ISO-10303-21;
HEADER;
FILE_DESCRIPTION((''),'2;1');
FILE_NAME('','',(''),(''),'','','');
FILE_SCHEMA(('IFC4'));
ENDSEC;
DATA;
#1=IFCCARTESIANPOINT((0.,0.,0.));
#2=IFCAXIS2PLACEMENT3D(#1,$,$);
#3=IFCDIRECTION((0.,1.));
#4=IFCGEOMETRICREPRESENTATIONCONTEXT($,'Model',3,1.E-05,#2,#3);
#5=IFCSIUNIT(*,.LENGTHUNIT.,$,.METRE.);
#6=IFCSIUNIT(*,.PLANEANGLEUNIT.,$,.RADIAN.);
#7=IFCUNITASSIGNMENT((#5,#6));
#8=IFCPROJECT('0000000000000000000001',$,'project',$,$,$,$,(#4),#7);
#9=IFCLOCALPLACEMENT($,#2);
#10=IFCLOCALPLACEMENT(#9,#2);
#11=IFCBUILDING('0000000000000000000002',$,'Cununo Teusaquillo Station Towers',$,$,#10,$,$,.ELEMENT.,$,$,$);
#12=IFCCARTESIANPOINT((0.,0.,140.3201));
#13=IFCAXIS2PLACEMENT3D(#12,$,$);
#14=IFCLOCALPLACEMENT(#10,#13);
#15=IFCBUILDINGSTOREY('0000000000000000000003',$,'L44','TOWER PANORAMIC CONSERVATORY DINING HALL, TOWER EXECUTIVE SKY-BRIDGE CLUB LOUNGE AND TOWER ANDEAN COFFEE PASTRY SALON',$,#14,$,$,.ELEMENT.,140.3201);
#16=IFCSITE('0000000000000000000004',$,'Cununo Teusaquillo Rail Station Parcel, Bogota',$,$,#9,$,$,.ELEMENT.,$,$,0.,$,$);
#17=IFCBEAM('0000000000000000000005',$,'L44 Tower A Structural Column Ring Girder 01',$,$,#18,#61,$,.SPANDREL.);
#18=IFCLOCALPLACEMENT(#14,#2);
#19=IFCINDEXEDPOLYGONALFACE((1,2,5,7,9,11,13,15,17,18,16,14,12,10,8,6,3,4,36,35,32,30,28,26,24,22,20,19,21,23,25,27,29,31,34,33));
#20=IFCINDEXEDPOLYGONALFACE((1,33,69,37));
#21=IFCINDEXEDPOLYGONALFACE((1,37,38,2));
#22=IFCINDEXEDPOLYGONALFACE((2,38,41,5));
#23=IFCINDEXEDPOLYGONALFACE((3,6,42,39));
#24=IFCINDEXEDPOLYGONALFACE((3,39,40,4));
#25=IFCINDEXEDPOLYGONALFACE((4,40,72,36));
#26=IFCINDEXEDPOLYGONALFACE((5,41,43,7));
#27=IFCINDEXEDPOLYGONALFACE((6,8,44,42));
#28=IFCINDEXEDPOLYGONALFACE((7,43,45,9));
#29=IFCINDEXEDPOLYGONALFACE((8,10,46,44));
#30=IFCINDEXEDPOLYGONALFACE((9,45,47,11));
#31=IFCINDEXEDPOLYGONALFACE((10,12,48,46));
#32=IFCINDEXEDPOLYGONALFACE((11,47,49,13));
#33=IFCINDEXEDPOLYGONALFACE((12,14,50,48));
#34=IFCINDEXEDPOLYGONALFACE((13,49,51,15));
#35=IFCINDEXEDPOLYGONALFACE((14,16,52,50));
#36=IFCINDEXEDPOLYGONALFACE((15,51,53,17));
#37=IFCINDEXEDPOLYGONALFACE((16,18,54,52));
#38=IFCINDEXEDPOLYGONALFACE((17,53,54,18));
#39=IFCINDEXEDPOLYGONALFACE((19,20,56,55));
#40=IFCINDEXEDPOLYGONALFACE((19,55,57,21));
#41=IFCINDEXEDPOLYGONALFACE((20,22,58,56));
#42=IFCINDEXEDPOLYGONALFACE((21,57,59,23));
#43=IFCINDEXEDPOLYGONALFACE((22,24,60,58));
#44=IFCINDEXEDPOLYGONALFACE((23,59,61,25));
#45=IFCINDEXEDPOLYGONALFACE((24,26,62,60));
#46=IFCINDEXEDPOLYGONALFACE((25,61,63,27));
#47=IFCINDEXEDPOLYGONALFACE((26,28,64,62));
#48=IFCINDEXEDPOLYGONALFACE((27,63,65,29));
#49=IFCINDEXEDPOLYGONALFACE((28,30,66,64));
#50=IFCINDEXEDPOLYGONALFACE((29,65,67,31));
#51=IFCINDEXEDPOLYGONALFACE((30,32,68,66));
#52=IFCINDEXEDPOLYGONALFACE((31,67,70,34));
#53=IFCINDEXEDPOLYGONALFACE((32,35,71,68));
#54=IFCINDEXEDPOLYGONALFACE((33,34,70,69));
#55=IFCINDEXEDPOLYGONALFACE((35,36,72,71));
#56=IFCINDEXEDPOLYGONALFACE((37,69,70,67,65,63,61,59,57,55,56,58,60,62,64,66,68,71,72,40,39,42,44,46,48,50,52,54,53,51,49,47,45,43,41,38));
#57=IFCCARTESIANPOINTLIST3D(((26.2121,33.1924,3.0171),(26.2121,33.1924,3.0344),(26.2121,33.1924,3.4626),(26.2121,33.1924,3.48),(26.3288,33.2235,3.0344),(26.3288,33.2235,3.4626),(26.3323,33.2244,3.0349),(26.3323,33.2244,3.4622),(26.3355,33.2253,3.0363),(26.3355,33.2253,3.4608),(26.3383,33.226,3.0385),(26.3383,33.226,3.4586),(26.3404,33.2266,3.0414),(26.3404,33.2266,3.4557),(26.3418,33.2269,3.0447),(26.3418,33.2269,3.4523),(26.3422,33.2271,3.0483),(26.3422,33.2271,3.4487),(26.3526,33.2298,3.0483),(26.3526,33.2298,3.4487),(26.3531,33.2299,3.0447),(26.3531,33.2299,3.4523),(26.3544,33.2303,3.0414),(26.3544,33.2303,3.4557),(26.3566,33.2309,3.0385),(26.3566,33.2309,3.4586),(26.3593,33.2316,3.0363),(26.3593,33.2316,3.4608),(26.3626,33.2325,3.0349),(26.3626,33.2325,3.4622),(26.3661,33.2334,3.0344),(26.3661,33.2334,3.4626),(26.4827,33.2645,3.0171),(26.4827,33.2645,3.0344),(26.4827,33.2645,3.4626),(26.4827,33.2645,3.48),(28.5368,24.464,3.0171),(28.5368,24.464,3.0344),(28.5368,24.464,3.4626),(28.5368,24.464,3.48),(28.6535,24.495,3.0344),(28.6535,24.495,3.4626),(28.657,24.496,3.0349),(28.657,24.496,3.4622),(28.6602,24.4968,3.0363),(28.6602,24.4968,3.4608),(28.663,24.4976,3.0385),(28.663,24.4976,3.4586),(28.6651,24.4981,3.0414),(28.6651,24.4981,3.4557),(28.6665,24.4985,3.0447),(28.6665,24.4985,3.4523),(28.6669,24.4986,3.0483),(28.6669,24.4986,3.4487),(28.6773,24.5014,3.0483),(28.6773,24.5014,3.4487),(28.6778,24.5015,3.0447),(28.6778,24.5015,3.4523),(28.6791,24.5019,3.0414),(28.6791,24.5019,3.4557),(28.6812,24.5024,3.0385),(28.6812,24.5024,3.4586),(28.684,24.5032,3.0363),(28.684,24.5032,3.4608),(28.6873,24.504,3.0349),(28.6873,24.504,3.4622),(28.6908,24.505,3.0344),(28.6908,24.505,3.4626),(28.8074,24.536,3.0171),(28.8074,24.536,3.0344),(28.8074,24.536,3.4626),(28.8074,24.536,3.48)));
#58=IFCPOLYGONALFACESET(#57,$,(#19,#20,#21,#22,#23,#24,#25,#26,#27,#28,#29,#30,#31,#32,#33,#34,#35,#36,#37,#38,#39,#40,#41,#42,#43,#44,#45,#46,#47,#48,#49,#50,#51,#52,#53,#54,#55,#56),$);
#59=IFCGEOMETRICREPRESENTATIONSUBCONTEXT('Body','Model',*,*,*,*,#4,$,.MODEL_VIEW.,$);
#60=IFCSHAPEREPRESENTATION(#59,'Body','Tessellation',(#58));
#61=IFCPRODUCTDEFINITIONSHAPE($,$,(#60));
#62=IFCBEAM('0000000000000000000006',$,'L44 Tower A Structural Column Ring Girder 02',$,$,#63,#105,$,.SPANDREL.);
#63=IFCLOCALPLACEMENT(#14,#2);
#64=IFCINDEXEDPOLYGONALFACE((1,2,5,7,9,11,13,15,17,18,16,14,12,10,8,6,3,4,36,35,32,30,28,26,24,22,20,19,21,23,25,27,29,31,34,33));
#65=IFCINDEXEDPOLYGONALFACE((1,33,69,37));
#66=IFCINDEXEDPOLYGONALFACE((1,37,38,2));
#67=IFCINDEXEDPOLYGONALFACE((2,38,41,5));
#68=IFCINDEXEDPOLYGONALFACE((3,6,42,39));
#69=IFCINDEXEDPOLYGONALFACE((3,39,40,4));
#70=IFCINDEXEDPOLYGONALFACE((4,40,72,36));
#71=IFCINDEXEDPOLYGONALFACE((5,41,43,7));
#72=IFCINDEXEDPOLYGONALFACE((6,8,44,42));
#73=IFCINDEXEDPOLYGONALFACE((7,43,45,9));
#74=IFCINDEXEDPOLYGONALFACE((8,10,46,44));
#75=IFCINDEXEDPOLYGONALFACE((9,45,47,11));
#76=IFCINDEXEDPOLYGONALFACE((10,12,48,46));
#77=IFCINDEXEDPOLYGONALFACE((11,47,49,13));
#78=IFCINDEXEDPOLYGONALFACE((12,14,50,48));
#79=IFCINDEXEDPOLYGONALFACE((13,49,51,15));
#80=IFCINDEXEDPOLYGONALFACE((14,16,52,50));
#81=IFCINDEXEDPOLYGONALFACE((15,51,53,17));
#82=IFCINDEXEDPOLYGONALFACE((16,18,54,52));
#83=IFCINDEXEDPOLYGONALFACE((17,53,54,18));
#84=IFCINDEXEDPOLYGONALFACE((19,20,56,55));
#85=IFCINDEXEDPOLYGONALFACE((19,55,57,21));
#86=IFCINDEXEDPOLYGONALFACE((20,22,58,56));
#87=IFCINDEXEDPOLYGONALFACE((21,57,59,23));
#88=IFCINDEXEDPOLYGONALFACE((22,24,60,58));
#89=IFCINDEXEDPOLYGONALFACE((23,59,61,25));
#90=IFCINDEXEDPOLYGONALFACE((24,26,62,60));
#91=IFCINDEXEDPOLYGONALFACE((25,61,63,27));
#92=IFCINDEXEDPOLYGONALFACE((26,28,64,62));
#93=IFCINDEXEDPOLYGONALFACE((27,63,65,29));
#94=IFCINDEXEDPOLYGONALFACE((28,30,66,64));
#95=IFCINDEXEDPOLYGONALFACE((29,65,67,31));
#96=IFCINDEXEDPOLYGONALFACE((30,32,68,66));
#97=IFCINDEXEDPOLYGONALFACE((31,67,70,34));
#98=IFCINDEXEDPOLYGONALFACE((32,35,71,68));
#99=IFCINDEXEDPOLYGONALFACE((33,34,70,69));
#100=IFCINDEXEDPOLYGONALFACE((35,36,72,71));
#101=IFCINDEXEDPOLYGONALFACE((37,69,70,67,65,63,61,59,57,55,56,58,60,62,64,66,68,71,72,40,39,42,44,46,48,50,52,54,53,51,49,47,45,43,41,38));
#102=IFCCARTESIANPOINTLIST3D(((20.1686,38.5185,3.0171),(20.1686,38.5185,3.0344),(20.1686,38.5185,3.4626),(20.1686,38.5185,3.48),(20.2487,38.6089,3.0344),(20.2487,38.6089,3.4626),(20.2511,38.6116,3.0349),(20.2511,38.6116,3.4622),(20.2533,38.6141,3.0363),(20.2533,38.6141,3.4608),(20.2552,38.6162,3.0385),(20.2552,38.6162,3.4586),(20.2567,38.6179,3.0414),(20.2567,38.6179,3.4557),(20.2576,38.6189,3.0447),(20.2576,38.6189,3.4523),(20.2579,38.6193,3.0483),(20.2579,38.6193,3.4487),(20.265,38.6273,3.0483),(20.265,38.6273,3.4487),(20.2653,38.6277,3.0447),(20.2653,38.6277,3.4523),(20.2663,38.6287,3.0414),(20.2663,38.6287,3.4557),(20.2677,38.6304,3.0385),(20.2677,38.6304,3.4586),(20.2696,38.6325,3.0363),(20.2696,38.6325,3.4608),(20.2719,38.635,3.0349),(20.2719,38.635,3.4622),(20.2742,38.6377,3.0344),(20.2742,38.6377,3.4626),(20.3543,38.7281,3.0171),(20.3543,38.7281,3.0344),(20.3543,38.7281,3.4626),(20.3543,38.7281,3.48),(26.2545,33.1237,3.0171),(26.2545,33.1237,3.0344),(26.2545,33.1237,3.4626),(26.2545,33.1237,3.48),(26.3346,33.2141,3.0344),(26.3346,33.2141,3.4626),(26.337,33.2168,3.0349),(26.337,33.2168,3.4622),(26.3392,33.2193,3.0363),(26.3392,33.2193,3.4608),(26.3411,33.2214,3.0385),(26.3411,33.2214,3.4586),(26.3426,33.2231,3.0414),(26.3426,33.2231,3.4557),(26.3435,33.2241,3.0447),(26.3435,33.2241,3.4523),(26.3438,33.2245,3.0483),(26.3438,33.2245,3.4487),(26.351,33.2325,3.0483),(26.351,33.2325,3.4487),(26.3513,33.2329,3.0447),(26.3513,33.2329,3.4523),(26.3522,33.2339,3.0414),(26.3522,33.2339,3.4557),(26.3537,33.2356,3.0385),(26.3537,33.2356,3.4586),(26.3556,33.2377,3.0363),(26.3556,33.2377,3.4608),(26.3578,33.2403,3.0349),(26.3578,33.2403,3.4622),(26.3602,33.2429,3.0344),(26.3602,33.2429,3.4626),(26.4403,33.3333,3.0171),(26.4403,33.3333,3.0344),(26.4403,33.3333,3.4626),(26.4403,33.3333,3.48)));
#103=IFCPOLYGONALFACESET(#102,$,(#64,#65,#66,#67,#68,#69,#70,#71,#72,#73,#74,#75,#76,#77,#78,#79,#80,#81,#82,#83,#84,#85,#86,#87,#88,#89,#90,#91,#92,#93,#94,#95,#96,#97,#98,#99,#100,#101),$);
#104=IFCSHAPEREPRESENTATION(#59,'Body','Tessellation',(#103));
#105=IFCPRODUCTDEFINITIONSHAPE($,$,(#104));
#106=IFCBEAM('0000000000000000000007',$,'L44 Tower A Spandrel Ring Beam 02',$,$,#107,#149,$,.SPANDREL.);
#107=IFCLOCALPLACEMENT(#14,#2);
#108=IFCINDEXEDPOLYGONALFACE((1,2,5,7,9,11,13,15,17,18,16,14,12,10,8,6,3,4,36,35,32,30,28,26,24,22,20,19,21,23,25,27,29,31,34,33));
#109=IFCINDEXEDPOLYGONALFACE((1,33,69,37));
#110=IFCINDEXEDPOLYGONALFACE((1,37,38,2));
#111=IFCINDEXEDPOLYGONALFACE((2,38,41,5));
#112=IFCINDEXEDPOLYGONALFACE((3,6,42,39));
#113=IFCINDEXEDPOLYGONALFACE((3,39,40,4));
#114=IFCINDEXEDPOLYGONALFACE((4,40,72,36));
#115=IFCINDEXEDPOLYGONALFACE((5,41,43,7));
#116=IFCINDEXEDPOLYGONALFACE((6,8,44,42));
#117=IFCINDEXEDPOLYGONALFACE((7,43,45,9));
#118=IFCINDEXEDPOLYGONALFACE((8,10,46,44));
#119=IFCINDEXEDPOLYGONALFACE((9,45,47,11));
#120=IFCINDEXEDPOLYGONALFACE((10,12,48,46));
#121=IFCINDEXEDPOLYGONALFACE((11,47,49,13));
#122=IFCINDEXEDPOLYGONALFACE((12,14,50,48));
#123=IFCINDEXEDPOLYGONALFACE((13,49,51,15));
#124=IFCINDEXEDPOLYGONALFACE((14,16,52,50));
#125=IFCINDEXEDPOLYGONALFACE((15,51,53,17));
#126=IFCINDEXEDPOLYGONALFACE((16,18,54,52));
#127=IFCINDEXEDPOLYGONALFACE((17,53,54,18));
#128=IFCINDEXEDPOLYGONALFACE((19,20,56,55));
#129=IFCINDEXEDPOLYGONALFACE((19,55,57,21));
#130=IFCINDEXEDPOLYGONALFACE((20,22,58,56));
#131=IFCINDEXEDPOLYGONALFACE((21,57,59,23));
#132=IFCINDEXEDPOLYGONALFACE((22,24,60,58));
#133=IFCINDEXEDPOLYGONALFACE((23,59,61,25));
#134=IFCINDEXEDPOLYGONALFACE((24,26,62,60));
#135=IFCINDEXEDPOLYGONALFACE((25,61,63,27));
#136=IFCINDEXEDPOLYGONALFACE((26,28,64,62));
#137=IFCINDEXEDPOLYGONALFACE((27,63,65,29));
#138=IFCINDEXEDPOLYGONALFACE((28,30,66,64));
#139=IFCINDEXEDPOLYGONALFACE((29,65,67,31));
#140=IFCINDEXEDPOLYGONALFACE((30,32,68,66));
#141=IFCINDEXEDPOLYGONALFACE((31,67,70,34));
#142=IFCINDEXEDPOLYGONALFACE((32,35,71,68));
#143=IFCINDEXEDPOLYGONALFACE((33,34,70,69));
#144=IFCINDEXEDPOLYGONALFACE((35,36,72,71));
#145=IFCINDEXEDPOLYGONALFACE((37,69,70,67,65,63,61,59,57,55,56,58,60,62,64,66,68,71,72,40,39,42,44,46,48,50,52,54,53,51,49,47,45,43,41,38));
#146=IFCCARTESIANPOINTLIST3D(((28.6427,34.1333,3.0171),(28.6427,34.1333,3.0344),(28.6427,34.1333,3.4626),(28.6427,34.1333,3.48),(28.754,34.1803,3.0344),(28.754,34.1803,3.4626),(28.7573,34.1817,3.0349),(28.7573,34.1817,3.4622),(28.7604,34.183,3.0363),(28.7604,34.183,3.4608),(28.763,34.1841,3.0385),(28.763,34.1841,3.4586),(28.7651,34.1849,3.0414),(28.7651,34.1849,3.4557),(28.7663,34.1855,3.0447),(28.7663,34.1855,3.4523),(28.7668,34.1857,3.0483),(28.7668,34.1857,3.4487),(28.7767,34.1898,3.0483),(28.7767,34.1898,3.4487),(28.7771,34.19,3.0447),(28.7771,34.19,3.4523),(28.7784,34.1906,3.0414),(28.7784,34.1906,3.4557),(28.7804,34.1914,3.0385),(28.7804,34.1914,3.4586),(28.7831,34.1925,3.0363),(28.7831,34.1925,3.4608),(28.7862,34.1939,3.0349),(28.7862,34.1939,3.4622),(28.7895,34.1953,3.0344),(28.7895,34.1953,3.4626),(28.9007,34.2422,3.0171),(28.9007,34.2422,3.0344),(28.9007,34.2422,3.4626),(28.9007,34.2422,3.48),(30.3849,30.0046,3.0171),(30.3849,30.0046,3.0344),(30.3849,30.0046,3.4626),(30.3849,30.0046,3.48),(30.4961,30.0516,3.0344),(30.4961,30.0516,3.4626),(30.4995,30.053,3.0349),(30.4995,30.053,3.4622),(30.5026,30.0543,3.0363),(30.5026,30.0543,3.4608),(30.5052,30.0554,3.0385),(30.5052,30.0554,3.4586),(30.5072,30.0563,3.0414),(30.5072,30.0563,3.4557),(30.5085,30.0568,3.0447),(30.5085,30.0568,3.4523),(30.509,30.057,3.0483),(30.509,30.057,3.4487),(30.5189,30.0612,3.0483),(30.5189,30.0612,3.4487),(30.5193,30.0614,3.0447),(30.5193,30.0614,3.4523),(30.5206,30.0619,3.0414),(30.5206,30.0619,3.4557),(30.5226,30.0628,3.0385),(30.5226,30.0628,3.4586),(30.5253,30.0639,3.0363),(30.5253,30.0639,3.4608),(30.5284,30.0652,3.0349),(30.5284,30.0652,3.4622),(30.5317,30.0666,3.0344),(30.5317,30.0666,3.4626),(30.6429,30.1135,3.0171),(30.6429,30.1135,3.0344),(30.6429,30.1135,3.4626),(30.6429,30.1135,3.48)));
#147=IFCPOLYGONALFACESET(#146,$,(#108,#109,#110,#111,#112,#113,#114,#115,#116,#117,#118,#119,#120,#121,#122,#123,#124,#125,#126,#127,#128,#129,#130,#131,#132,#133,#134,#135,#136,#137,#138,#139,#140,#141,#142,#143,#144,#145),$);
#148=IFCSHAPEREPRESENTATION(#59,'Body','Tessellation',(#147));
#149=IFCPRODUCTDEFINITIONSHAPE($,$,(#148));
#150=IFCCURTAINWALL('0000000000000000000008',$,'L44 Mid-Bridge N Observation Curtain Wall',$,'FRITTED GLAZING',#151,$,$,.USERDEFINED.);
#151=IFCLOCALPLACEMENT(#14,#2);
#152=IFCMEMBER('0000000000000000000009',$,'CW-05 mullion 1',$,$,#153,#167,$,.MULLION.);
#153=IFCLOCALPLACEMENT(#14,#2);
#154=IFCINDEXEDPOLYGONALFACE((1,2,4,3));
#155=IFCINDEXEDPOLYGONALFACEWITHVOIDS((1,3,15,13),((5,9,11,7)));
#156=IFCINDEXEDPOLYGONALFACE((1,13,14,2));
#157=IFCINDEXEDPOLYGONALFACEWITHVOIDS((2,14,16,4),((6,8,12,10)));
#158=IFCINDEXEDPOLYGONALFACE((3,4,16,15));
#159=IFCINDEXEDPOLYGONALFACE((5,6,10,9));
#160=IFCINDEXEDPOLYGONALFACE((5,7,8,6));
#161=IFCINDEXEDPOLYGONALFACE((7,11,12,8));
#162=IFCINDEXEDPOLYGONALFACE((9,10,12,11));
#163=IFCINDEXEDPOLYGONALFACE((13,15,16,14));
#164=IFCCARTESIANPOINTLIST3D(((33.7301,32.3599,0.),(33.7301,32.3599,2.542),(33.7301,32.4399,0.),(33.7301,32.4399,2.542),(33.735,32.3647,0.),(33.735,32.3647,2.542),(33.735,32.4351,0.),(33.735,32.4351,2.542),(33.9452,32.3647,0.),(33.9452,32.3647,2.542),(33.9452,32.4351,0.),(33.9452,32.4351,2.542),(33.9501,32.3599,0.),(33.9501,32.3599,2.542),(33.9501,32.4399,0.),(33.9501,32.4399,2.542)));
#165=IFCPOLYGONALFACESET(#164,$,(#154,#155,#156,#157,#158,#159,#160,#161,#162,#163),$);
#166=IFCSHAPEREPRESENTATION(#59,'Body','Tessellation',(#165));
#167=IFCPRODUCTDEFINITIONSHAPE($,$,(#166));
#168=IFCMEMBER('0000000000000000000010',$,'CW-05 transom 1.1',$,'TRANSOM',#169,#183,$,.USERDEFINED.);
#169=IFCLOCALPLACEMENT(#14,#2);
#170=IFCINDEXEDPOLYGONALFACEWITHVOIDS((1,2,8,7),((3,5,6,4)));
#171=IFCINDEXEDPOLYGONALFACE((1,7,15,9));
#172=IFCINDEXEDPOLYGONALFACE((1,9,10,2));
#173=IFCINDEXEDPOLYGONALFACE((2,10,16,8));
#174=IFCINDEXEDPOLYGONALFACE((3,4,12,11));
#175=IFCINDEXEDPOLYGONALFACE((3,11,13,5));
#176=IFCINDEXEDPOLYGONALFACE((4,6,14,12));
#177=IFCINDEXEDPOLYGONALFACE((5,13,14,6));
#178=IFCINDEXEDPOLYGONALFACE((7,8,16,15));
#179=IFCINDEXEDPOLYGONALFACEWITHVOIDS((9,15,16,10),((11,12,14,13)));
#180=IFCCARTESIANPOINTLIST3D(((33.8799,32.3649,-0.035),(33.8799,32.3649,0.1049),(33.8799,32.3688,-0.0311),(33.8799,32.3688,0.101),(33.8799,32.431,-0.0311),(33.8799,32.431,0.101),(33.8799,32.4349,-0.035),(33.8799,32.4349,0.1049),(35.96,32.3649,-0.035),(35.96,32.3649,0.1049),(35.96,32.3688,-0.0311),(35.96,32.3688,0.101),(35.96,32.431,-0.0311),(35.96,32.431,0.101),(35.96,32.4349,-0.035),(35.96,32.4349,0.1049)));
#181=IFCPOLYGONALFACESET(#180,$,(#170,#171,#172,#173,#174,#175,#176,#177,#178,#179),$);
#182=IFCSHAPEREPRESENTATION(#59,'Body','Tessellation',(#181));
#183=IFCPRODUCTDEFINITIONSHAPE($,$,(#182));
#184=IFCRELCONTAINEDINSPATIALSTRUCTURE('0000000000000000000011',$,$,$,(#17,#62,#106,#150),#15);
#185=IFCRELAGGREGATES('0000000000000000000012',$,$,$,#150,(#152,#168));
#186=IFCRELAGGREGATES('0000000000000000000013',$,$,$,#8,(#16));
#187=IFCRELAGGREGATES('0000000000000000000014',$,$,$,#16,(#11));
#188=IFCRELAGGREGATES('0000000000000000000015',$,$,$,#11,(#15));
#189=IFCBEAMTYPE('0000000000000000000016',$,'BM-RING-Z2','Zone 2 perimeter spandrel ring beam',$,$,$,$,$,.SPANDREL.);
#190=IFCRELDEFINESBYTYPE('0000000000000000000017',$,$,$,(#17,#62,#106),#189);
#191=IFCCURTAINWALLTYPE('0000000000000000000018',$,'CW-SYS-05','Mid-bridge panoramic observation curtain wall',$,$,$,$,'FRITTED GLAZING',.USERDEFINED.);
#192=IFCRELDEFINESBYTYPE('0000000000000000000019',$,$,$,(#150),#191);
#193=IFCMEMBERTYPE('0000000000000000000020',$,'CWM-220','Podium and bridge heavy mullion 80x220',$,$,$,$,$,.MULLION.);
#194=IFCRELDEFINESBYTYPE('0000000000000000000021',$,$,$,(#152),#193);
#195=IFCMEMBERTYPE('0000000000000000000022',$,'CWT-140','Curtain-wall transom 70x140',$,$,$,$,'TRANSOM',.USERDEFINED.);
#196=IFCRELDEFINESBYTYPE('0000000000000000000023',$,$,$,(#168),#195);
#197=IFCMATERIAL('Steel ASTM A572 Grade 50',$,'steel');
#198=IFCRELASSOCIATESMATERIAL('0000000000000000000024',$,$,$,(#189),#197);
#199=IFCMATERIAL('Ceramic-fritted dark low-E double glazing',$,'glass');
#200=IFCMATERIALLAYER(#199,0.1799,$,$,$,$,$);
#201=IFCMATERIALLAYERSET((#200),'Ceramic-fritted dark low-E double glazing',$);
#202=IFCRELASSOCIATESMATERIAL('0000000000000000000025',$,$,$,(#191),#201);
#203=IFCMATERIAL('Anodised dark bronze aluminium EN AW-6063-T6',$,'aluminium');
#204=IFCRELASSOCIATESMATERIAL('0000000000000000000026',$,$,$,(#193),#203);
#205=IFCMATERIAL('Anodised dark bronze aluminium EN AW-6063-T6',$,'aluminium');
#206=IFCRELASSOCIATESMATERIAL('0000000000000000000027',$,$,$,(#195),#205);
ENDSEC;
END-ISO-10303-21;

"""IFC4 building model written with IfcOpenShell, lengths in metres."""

from ifc_helpers import new_model, si_unit, direction, frame, origin, origin_2d, place, context, subcontext, project, spatial, hollow_rectangle, i_section, extrude, material, layer, layer_set, material_profile, profile_set, type_object, element, aggregate, save


model = new_model("IFC4")

# Units and contexts
model_context = context("Model", 3, precision=1e-05, world=origin(), true_north=direction((0.0, 1.0)))
body_context = subcontext(model_context, "Body", "Model", "MODEL_VIEW")
ifc_project = project(units=[si_unit("LENGTHUNIT", "METRE"), si_unit("PLANEANGLEUNIT", "RADIAN")], contexts=[model_context])

# Site, building, storey
site_placement = place(None, origin())
site = spatial("IfcSite", under=ifc_project, at=site_placement, Name="Cununo Teusaquillo Rail Station Parcel, Bogota", CompositionType="ELEMENT", RefElevation=0.0)
building_placement = place(site_placement, origin())
building = spatial("IfcBuilding", under=site, at=building_placement, Name="Cununo Teusaquillo Station Towers", CompositionType="ELEMENT")
storey_placement = place(building_placement, frame((0.0, 0.0, 140.3201)))
storey = spatial("IfcBuildingStorey", under=building, at=storey_placement, Name="L44", Description="TOWER PANORAMIC CONSERVATORY DINING HALL, TOWER EXECUTIVE SKY-BRIDGE CLUB LOUNGE AND TOWER ANDEAN COFFEE PASTRY SALON", CompositionType="ELEMENT", Elevation=140.3201)

# Beams
ifc_material_1 = material(Name="Steel ASTM A572 Grade 50", Category="steel")
ifc_material_profile_1 = material_profile(ifc_material_1, i_section(OverallWidth=0.28, OverallDepth=0.4629, WebThickness=0.0107, FlangeThickness=0.0173, FilletRadius=0.0139, at=origin_2d()), Name="W18X76")
ifc_profile_set_1 = profile_set([ifc_material_profile_1], Name="Steel ASTM A572 Grade 50")
beam_type_1 = type_object("IfcBeamType", Name="BM-RING-Z2", Description="Zone 2 perimeter spandrel ring beam", PredefinedType="SPANDREL", material=ifc_profile_set_1)
beam_1_placement = place(storey_placement, frame((28.6721, 24.5, 3.2485), z_axis=(-0.257363, 0.966315, 0.0), x_axis=(-0.966315, -0.257363, 0.0)))
element("IfcBeam", 1, at=beam_1_placement, inside=storey, type_object=beam_type_1, Name="L44 Tower A Structural Column Ring Girder 01", PredefinedType="SPANDREL", context=body_context, shape_type="SweptSolid", body=[
    extrude(i_section(OverallWidth=0.28, OverallDepth=0.4629, WebThickness=0.0107, FlangeThickness=0.0173, FilletRadius=0.0139, at=origin_2d()), origin(), (0.0, 0.0, 1.0), 9.0327),
])
beam_2_placement = place(storey_placement, frame((26.3474, 33.2285, 3.2485), z_axis=(-0.748321, 0.663337, 0.0), x_axis=(-0.663337, -0.748321, 0.0)))
element("IfcBeam", 2, at=beam_2_placement, inside=storey, type_object=beam_type_1, Name="L44 Tower A Structural Column Ring Girder 02", PredefinedType="SPANDREL", context=body_context, shape_type="SweptSolid", body=[
    extrude(i_section(OverallWidth=0.28, OverallDepth=0.4629, WebThickness=0.0107, FlangeThickness=0.0173, FilletRadius=0.0139, at=origin_2d()), origin(), (0.0, 0.0, 1.0), 8.1328),
])
beam_3_placement = place(storey_placement, frame((30.5139, 30.0591, 3.2485), z_axis=(-0.388778, 0.921332, 0.0), x_axis=(-0.921332, -0.388778, 0.0)))
element("IfcBeam", 3, at=beam_3_placement, inside=storey, type_object=beam_type_1, Name="L44 Tower A Spandrel Ring Beam 02", PredefinedType="SPANDREL", context=body_context, shape_type="SweptSolid", body=[
    extrude(i_section(OverallWidth=0.28, OverallDepth=0.4629, WebThickness=0.0107, FlangeThickness=0.0173, FilletRadius=0.0139, at=origin_2d()), origin(), (0.0, 0.0, 1.0), 4.4812),
])

# Curtain wall, members
ifc_material_2 = material(Name="Ceramic-fritted dark low-E double glazing", Category="glass")
ifc_layer_1 = layer(ifc_material_2, 0.1799)
ifc_layer_set_1 = layer_set([ifc_layer_1], Name="Ceramic-fritted dark low-E double glazing")
curtain_wall_type = type_object("IfcCurtainWallType", Name="CW-SYS-05", Description="Mid-bridge panoramic observation curtain wall", ElementType="FRITTED GLAZING", PredefinedType="USERDEFINED", material=ifc_layer_set_1)
curtain_wall_placement = place(storey_placement, origin())
curtain_wall = element("IfcCurtainWall", 4, at=curtain_wall_placement, inside=storey, type_object=curtain_wall_type, Name="L44 Mid-Bridge N Observation Curtain Wall", ObjectType="FRITTED GLAZING", PredefinedType="USERDEFINED")
ifc_material_3 = material(Name="Anodised dark bronze aluminium EN AW-6063-T6", Category="aluminium")
ifc_material_profile_2 = material_profile(ifc_material_3, hollow_rectangle(XDim=0.0801, YDim=0.22, WallThickness=0.0049, at=origin_2d()), Name="CW-MULL-80x220")
ifc_profile_set_2 = profile_set([ifc_material_profile_2], Name="Anodised dark bronze aluminium EN AW-6063-T6")
member_type_1 = type_object("IfcMemberType", Name="CWM-220", Description="Podium and bridge heavy mullion 80x220", PredefinedType="MULLION", material=ifc_profile_set_2)
member_1_placement = place(storey_placement, frame((33.8401, 32.3999, 0.0), z_axis=(0.0, 0.0, 1.0), x_axis=(0.0, 1.0, 0.0)))
member_1 = element("IfcMember", 5, at=member_1_placement, type_object=member_type_1, Name="CW-05 mullion 1", PredefinedType="MULLION", context=body_context, shape_type="SweptSolid", body=[
    extrude(hollow_rectangle(XDim=0.0801, YDim=0.22, WallThickness=0.0049, at=origin_2d()), origin(), (0.0, 0.0, 1.0), 2.542),
])
ifc_material_4 = material(Name="Anodised dark bronze aluminium EN AW-6063-T6", Category="aluminium")
ifc_material_profile_3 = material_profile(ifc_material_4, hollow_rectangle(XDim=0.0701, YDim=0.1399, WallThickness=0.0039, at=origin_2d()), Name="CW-TRAN-70x140")
ifc_profile_set_3 = profile_set([ifc_material_profile_3], Name="Anodised dark bronze aluminium EN AW-6063-T6")
member_type_2 = type_object("IfcMemberType", Name="CWT-140", Description="Curtain-wall transom 70x140", ElementType="TRANSOM", PredefinedType="USERDEFINED", material=ifc_profile_set_3)
member_2_placement = place(storey_placement, frame((33.8799, 32.3999, 0.0349), z_axis=(1.0, 0.0, 0.0), x_axis=(0.0, 1.0, 0.0)))
member_2 = element("IfcMember", 6, at=member_2_placement, type_object=member_type_2, Name="CW-05 transom 1.1", ObjectType="TRANSOM", PredefinedType="USERDEFINED", context=body_context, shape_type="SweptSolid", body=[
    extrude(hollow_rectangle(XDim=0.0701, YDim=0.1399, WallThickness=0.0039, at=origin_2d()), origin(), (0.0, 0.0, 1.0), 2.0801),
])

aggregate(curtain_wall, [member_1, member_2])

save(model, "model.ifc")
